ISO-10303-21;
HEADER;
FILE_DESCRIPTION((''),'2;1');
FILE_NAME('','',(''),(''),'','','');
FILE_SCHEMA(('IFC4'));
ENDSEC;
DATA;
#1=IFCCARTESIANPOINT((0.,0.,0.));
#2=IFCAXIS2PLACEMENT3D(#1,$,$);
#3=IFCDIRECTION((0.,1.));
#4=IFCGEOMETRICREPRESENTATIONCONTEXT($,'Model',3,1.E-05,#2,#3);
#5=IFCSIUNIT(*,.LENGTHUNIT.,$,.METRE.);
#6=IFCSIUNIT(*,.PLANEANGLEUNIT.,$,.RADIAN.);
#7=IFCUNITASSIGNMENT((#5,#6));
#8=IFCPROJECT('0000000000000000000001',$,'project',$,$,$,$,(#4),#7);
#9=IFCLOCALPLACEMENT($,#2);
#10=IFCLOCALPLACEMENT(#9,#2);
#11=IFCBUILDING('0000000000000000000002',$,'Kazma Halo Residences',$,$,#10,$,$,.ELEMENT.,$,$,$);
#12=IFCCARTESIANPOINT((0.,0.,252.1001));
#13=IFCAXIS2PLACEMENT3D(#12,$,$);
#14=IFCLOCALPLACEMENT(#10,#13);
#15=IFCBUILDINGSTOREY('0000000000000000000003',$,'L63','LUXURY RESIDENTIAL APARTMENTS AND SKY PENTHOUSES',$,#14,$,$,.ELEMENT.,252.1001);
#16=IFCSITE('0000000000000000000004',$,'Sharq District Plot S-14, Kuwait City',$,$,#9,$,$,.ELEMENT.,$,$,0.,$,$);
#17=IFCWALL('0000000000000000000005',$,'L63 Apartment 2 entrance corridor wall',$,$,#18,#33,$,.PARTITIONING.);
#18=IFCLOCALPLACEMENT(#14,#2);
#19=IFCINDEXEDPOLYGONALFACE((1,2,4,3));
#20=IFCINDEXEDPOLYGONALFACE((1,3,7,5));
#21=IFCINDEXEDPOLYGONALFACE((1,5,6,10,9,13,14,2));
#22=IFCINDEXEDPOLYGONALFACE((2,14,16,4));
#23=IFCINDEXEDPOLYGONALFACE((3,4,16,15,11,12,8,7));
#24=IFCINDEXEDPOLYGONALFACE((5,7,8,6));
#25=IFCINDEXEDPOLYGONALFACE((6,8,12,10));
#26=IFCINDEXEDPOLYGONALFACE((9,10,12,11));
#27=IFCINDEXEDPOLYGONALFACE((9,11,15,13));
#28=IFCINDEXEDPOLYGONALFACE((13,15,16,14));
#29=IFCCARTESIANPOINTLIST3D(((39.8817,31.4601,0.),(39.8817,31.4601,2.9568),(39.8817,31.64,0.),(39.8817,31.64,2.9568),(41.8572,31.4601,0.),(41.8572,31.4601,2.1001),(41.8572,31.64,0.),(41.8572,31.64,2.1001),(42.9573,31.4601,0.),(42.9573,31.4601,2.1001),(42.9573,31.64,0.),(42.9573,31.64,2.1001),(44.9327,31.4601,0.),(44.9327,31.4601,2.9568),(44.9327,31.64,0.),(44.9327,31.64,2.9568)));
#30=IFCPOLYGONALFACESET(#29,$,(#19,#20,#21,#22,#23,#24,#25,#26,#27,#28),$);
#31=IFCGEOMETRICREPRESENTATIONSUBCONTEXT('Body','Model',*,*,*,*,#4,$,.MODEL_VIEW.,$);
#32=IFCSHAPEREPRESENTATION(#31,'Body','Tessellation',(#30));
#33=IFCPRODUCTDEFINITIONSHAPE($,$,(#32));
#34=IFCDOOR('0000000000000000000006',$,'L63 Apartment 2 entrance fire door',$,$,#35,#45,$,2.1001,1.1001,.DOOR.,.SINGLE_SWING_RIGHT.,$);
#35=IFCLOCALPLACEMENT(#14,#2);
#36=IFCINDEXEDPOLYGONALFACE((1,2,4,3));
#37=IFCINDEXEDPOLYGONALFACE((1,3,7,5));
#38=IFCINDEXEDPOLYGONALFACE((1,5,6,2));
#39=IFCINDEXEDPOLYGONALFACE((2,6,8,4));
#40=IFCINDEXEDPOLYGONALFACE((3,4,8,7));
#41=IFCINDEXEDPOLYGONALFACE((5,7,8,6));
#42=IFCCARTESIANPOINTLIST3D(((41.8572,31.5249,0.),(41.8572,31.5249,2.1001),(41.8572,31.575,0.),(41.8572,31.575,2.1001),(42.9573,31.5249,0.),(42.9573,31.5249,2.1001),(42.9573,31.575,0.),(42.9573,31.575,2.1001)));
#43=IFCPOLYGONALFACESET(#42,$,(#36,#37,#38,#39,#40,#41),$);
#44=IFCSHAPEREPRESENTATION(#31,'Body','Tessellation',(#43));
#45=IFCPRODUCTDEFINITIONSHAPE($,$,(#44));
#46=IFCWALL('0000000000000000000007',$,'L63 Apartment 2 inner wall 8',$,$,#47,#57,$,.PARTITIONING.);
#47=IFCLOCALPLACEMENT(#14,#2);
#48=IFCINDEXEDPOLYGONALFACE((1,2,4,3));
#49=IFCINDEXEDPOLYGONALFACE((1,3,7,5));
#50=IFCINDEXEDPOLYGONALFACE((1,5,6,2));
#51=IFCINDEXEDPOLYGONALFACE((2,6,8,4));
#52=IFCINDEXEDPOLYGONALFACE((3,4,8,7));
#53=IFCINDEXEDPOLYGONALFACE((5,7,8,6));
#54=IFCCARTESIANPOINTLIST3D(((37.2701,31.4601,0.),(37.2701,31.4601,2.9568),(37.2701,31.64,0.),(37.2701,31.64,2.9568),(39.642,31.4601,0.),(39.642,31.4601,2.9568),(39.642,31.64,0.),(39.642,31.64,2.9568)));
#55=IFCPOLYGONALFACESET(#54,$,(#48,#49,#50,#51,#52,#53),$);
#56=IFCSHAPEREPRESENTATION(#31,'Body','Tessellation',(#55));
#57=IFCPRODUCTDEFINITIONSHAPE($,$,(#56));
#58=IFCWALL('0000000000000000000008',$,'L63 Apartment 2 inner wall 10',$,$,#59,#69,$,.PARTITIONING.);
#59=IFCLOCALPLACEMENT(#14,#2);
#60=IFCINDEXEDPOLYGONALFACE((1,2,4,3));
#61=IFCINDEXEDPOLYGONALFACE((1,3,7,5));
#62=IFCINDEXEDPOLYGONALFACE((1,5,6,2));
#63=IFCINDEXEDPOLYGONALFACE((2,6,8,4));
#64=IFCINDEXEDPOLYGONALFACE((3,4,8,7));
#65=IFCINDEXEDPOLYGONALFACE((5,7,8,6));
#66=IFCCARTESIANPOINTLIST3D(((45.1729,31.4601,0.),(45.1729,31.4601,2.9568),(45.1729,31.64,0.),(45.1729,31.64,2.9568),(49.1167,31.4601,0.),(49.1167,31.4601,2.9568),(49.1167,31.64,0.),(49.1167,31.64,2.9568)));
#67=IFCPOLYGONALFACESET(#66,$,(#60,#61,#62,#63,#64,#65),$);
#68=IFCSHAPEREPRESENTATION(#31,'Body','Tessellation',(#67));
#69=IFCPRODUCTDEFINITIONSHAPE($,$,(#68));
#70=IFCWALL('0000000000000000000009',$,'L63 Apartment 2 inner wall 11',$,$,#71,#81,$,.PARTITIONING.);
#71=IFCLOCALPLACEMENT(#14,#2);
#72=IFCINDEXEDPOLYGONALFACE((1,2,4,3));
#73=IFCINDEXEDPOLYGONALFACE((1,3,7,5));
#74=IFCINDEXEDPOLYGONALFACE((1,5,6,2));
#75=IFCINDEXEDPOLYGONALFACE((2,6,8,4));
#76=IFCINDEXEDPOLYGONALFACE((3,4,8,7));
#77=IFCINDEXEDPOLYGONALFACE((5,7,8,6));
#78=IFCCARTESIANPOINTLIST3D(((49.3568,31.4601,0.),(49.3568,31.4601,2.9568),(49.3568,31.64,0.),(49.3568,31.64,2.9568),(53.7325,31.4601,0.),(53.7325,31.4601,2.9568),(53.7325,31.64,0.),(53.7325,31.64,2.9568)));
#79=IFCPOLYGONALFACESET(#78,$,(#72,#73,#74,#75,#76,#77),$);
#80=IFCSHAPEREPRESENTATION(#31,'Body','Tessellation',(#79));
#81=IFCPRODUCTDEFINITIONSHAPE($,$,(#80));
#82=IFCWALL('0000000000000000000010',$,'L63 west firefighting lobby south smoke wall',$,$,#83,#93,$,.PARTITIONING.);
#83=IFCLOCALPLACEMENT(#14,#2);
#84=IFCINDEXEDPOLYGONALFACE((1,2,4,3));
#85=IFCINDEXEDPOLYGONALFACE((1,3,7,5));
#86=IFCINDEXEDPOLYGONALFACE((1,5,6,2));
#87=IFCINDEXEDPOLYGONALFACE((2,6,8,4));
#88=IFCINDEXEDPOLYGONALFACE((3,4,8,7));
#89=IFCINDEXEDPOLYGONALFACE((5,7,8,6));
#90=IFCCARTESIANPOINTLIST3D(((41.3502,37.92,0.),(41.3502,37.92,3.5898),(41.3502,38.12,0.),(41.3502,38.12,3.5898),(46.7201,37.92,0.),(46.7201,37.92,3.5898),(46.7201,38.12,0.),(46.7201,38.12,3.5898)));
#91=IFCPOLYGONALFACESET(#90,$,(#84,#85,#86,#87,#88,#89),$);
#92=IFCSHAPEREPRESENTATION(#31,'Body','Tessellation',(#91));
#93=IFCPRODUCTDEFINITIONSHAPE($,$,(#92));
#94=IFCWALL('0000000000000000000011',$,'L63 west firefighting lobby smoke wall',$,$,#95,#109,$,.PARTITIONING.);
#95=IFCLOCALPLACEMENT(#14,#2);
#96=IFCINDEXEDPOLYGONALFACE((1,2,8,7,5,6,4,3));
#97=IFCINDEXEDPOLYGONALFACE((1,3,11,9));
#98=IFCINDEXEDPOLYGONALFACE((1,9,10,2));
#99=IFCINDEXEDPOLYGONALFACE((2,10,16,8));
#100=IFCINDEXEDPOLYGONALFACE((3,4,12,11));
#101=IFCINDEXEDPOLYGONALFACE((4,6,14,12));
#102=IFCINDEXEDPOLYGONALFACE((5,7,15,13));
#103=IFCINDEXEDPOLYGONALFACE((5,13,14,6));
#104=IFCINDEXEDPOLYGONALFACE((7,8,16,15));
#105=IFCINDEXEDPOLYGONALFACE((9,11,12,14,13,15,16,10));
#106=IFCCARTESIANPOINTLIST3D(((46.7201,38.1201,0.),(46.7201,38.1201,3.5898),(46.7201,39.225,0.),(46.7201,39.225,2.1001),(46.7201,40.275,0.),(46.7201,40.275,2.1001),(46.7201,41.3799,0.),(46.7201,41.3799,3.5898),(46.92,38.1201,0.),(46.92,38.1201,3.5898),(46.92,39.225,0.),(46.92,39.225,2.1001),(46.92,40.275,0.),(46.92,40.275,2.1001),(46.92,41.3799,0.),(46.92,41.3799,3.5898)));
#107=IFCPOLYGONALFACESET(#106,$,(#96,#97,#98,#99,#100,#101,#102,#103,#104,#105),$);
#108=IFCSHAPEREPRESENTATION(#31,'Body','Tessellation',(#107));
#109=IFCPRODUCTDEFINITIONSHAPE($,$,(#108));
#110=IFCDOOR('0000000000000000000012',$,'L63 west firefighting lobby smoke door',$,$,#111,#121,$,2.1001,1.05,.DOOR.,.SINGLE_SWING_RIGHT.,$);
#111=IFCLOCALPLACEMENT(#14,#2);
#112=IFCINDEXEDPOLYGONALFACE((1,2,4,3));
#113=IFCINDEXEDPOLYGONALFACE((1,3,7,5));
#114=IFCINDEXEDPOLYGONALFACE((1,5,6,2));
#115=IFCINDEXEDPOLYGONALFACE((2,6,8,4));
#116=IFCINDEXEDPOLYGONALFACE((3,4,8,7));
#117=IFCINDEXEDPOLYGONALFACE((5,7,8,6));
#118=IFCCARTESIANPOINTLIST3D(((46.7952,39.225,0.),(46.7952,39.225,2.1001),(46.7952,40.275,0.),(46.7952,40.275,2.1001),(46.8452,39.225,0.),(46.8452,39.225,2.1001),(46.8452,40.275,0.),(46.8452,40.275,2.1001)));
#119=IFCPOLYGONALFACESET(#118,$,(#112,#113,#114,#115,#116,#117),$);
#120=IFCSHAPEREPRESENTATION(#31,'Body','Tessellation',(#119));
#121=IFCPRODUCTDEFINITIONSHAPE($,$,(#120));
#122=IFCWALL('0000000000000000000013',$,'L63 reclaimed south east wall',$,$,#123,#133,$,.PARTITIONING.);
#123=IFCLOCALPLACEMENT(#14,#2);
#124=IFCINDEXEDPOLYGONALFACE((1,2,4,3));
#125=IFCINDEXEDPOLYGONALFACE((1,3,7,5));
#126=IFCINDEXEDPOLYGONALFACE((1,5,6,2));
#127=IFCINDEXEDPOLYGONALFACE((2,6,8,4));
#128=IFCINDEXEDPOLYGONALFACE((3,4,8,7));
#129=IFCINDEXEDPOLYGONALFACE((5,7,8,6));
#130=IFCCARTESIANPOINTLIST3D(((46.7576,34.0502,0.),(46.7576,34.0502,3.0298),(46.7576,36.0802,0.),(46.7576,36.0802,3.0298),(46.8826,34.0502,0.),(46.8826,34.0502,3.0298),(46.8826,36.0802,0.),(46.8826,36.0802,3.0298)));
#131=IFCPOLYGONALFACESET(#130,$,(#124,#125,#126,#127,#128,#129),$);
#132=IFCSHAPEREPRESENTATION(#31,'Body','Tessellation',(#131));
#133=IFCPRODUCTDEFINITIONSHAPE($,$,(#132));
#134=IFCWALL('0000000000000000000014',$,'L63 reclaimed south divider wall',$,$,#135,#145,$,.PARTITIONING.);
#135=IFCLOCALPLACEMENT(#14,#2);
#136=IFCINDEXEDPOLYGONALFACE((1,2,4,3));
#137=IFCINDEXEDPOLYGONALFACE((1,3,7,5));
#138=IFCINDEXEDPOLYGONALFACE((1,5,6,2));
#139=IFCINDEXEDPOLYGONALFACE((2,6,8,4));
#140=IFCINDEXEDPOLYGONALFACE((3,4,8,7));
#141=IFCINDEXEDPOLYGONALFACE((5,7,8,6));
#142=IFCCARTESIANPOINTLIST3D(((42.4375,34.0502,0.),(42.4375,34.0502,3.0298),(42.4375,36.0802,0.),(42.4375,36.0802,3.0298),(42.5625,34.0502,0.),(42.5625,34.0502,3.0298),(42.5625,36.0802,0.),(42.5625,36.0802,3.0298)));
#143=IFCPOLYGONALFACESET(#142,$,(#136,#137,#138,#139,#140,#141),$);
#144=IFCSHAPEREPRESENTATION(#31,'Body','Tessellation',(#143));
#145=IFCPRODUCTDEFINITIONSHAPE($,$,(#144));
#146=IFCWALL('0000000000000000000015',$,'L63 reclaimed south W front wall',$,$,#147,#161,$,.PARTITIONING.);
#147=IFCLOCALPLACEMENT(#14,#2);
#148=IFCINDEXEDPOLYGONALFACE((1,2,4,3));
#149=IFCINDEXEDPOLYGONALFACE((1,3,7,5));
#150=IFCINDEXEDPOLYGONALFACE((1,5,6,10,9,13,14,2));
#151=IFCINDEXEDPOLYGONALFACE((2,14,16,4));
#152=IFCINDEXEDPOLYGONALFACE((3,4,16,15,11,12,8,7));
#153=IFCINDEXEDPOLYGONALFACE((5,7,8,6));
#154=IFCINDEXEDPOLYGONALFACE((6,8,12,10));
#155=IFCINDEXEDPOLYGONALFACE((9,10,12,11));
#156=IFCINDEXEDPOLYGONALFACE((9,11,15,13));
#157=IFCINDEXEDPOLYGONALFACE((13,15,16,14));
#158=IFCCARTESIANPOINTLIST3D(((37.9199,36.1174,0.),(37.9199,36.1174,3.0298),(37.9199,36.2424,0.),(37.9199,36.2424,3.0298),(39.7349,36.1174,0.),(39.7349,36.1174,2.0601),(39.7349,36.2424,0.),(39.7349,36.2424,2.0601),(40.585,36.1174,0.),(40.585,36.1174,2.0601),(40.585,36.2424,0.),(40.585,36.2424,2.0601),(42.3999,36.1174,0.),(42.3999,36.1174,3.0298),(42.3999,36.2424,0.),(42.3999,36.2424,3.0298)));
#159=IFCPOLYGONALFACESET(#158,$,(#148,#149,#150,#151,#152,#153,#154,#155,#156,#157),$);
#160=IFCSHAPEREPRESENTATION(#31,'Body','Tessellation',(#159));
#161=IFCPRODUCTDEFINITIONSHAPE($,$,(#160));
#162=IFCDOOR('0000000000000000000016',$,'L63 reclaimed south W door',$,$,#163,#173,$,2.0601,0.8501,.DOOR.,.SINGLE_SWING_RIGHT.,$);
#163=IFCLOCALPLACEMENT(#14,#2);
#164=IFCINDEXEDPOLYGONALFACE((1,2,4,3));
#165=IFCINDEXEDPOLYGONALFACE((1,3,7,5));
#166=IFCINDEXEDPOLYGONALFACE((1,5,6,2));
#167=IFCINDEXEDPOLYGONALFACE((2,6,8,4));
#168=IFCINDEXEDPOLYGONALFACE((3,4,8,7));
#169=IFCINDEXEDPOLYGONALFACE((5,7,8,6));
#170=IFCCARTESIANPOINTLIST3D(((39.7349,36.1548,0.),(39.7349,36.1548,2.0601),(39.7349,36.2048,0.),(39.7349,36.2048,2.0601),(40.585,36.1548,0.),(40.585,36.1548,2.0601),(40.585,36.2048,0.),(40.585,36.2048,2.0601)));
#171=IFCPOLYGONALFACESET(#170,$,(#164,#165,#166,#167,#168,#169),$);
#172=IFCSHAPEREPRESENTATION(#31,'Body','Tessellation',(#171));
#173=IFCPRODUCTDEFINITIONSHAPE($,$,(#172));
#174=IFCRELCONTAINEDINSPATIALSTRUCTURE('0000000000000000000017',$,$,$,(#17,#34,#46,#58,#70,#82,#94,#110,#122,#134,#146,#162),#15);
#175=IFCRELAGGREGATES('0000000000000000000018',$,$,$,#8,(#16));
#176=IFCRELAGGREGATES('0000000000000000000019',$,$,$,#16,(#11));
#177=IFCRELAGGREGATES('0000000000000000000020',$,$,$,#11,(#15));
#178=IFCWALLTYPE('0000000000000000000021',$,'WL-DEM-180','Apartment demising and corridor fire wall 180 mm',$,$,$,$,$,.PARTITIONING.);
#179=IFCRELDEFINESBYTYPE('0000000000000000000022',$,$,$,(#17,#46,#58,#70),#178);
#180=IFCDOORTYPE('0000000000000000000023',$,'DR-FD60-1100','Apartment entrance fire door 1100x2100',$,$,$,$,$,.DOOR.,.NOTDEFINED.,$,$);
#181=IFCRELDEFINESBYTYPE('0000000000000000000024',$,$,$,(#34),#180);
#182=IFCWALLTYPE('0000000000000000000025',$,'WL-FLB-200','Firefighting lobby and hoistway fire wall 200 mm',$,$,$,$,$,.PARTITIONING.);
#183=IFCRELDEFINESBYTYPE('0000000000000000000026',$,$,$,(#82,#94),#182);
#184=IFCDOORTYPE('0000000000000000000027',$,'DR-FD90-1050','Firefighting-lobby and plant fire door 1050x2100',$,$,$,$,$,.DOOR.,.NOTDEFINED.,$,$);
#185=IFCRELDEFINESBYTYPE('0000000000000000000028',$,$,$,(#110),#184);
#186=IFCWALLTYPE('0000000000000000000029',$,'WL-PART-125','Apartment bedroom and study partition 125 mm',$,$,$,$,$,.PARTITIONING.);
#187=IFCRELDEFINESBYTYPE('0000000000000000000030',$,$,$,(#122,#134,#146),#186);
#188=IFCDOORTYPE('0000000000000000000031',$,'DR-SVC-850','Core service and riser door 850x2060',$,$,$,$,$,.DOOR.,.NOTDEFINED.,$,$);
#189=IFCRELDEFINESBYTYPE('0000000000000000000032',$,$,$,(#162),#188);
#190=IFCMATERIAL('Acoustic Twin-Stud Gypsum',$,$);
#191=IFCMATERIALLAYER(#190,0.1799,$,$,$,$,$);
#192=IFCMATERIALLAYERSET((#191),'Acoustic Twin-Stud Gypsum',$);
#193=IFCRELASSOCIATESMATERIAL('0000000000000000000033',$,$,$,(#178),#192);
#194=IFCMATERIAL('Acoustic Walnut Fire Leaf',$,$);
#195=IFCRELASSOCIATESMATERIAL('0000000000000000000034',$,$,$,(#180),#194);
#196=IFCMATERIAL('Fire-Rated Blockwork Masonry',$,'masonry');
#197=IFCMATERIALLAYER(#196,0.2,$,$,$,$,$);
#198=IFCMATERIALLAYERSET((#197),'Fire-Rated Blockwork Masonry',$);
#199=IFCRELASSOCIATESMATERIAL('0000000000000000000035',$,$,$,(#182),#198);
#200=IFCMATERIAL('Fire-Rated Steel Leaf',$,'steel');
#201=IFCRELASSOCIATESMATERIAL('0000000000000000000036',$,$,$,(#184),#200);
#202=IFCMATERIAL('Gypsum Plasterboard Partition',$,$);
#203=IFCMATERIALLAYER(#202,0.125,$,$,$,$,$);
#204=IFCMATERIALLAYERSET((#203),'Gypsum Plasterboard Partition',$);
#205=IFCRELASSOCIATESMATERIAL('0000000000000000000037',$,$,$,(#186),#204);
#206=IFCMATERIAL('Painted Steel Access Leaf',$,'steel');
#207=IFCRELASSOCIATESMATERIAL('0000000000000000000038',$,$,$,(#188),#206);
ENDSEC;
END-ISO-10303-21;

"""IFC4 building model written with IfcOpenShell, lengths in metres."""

from ifc_helpers import new_model, si_unit, direction, frame, frame_2d, origin, place, context, subcontext, project, spatial, rectangle, extrude, material, layer, layer_set, type_object, element, fill, save


model = new_model("IFC4")

# Units and contexts
model_context = context("Model", 3, precision=1e-05, world=origin(), true_north=direction((0.0, 1.0)))
body_context = subcontext(model_context, "Body", "Model", "MODEL_VIEW")
ifc_project = project(units=[si_unit("LENGTHUNIT", "METRE"), si_unit("PLANEANGLEUNIT", "RADIAN")], contexts=[model_context])

# Site, building, storey
site_placement = place(None, origin())
site = spatial("IfcSite", under=ifc_project, at=site_placement, Name="Sharq District Plot S-14, Kuwait City", CompositionType="ELEMENT", RefElevation=0.0)
building_placement = place(site_placement, origin())
building = spatial("IfcBuilding", under=site, at=building_placement, Name="Kazma Halo Residences", CompositionType="ELEMENT")
storey_placement = place(building_placement, frame((0.0, 0.0, 252.1001)))
storey = spatial("IfcBuildingStorey", under=building, at=storey_placement, Name="L63", Description="LUXURY RESIDENTIAL APARTMENTS AND SKY PENTHOUSES", CompositionType="ELEMENT", Elevation=252.1001)

# Shared definitions
ifc_material_1 = material(Name="Acoustic Twin-Stud Gypsum")
ifc_layer_1 = layer(ifc_material_1, 0.1799)
ifc_layer_set_1 = layer_set([ifc_layer_1], Name="Acoustic Twin-Stud Gypsum")
wall_type_1 = type_object("IfcWallType", Name="WL-DEM-180", Description="Apartment demising and corridor fire wall 180 mm", PredefinedType="PARTITIONING", material=ifc_layer_set_1)

# Wall, opening, door
wall_1_placement = place(storey_placement, frame((39.8818, 31.55, 0.0), z_axis=(0.0, 0.0, 1.0), x_axis=(1.0, 0.0, 0.0)))
wall_1 = element("IfcWall", 1, at=wall_1_placement, inside=storey, type_object=wall_type_1, Name="L63 Apartment 2 entrance corridor wall", PredefinedType="PARTITIONING", context=body_context, shape_type="SweptSolid", body=[
    extrude(rectangle(XDim=5.051, YDim=0.1799, at=frame_2d((2.5254, 0.0))), origin(), (0.0, 0.0, 1.0), 2.9568),
])
opening_1_placement = place(wall_1_placement, frame((1.9753, 0.0, 0.0)))
opening_1 = element("IfcOpeningElement", 2, at=opening_1_placement, cuts=wall_1, PredefinedType="OPENING", context=body_context, shape_type="SweptSolid", body=[
    extrude(rectangle(XDim=1.1001, YDim=2.1001, at=frame_2d((0.55, 1.05))), frame((0.0, 0.0999, 0.0), z_axis=(0.0, -1.0, 0.0), x_axis=(1.0, 0.0, 0.0)), (0.0, 0.0, 1.0), 0.2),
])
ifc_material_2 = material(Name="Acoustic Walnut Fire Leaf")
door_type_1 = type_object("IfcDoorType", Name="DR-FD60-1100", Description="Apartment entrance fire door 1100x2100", OperationType="NOTDEFINED", PredefinedType="DOOR", material=ifc_material_2)
door_1_placement = place(opening_1_placement, origin())
door_1 = element("IfcDoor", 3, at=door_1_placement, inside=storey, type_object=door_type_1, Name="L63 Apartment 2 entrance fire door", OperationType="SINGLE_SWING_RIGHT", OverallHeight=2.1001, OverallWidth=1.1001, PredefinedType="DOOR", context=body_context, shape_type="SweptSolid", body=[
    extrude(rectangle(XDim=1.1001, YDim=2.1001, at=frame_2d((0.55, 1.05))), frame((0.0, 0.0249, 0.0), z_axis=(0.0, -1.0, 0.0), x_axis=(1.0, 0.0, 0.0)), (0.0, 0.0, 1.0), 0.05),
])
fill(opening_1, door_1)

# Walls
wall_2_placement = place(storey_placement, frame((37.27, 31.55, 0.0), z_axis=(0.0, 0.0, 1.0), x_axis=(1.0, 0.0, 0.0)))
element("IfcWall", 4, at=wall_2_placement, inside=storey, type_object=wall_type_1, Name="L63 Apartment 2 inner wall 8", PredefinedType="PARTITIONING", context=body_context, shape_type="SweptSolid", body=[
    extrude(rectangle(XDim=2.3718, YDim=0.1799, at=frame_2d((1.186, 0.0))), origin(), (0.0, 0.0, 1.0), 2.9568),
])
wall_3_placement = place(storey_placement, frame((45.1729, 31.55, 0.0), z_axis=(0.0, 0.0, 1.0), x_axis=(1.0, 0.0, 0.0)))
element("IfcWall", 5, at=wall_3_placement, inside=storey, type_object=wall_type_1, Name="L63 Apartment 2 inner wall 10", PredefinedType="PARTITIONING", context=body_context, shape_type="SweptSolid", body=[
    extrude(rectangle(XDim=3.9438, YDim=0.1799, at=frame_2d((1.9719, 0.0))), origin(), (0.0, 0.0, 1.0), 2.9568),
])
wall_4_placement = place(storey_placement, frame((49.3567, 31.55, 0.0), z_axis=(0.0, 0.0, 1.0), x_axis=(1.0, 0.0, 0.0)))
element("IfcWall", 6, at=wall_4_placement, inside=storey, type_object=wall_type_1, Name="L63 Apartment 2 inner wall 11", PredefinedType="PARTITIONING", context=body_context, shape_type="SweptSolid", body=[
    extrude(rectangle(XDim=4.3757, YDim=0.1799, at=frame_2d((2.188, 0.0))), origin(), (0.0, 0.0, 1.0), 2.9568),
])
ifc_material_3 = material(Name="Fire-Rated Blockwork Masonry", Category="masonry")
ifc_layer_2 = layer(ifc_material_3, 0.2)
ifc_layer_set_2 = layer_set([ifc_layer_2], Name="Fire-Rated Blockwork Masonry")
wall_type_2 = type_object("IfcWallType", Name="WL-FLB-200", Description="Firefighting lobby and hoistway fire wall 200 mm", PredefinedType="PARTITIONING", material=ifc_layer_set_2)
wall_5_placement = place(storey_placement, frame((41.3501, 38.02, 0.0), z_axis=(0.0, 0.0, 1.0), x_axis=(1.0, 0.0, 0.0)))
element("IfcWall", 7, at=wall_5_placement, inside=storey, type_object=wall_type_2, Name="L63 west firefighting lobby south smoke wall", PredefinedType="PARTITIONING", context=body_context, shape_type="SweptSolid", body=[
    extrude(rectangle(XDim=5.3699, YDim=0.2, at=frame_2d((2.6851, 0.0))), origin(), (0.0, 0.0, 1.0), 3.5898),
])

# Wall, opening, door
wall_6_placement = place(storey_placement, frame((46.8201, 38.1201, 0.0), z_axis=(0.0, 0.0, 1.0), x_axis=(0.0, 1.0, 0.0)))
wall_6 = element("IfcWall", 8, at=wall_6_placement, inside=storey, type_object=wall_type_2, Name="L63 west firefighting lobby smoke wall", PredefinedType="PARTITIONING", context=body_context, shape_type="SweptSolid", body=[
    extrude(rectangle(XDim=3.2598, YDim=0.2, at=frame_2d((1.6299, 0.0))), origin(), (0.0, 0.0, 1.0), 3.5898),
])
opening_2_placement = place(wall_6_placement, frame((1.105, 0.0, 0.0)))
opening_2 = element("IfcOpeningElement", 9, at=opening_2_placement, cuts=wall_6, PredefinedType="OPENING", context=body_context, shape_type="SweptSolid", body=[
    extrude(rectangle(XDim=1.05, YDim=2.1001, at=frame_2d((0.5249, 1.05))), frame((0.0, 0.1099, 0.0), z_axis=(0.0, -1.0, 0.0), x_axis=(1.0, 0.0, 0.0)), (0.0, 0.0, 1.0), 0.22),
])
ifc_material_4 = material(Name="Fire-Rated Steel Leaf", Category="steel")
door_type_2 = type_object("IfcDoorType", Name="DR-FD90-1050", Description="Firefighting-lobby and plant fire door 1050x2100", OperationType="NOTDEFINED", PredefinedType="DOOR", material=ifc_material_4)
door_2_placement = place(opening_2_placement, origin())
door_2 = element("IfcDoor", 10, at=door_2_placement, inside=storey, type_object=door_type_2, Name="L63 west firefighting lobby smoke door", OperationType="SINGLE_SWING_RIGHT", OverallHeight=2.1001, OverallWidth=1.05, PredefinedType="DOOR", context=body_context, shape_type="SweptSolid", body=[
    extrude(rectangle(XDim=1.05, YDim=2.1001, at=frame_2d((0.5249, 1.05))), frame((0.0, 0.0249, 0.0), z_axis=(0.0, -1.0, 0.0), x_axis=(1.0, 0.0, 0.0)), (0.0, 0.0, 1.0), 0.05),
])
fill(opening_2, door_2)

# Walls
ifc_material_5 = material(Name="Gypsum Plasterboard Partition")
ifc_layer_3 = layer(ifc_material_5, 0.125)
ifc_layer_set_3 = layer_set([ifc_layer_3], Name="Gypsum Plasterboard Partition")
wall_type_3 = type_object("IfcWallType", Name="WL-PART-125", Description="Apartment bedroom and study partition 125 mm", PredefinedType="PARTITIONING", material=ifc_layer_set_3)
for number, where, z_axis, x_axis, name in (
    (11, (46.8201, 34.05, 0.0), (0.0, 0.0, 1.0), (0.0, 1.0, 0.0), "L63 reclaimed south east wall"),
    (12, (42.5, 34.05, 0.0), (0.0, 0.0, 1.0), (0.0, 1.0, 0.0), "L63 reclaimed south divider wall"),
):
    element("IfcWall", number, at=place(storey_placement, frame(where, z_axis=z_axis, x_axis=x_axis)), inside=storey, type_object=wall_type_3, Name=name, PredefinedType="PARTITIONING", context=body_context, shape_type="SweptSolid", body=[
        extrude(rectangle(XDim=2.03, YDim=0.125, at=frame_2d((1.0151, 0.0))), origin(), (0.0, 0.0, 1.0), 3.0298),
    ])

# Wall, opening, door
wall_7_placement = place(storey_placement, frame((37.9199, 36.1799, 0.0), z_axis=(0.0, 0.0, 1.0), x_axis=(1.0, 0.0, 0.0)))
wall_7 = element("IfcWall", 13, at=wall_7_placement, inside=storey, type_object=wall_type_3, Name="L63 reclaimed south W front wall", PredefinedType="PARTITIONING", context=body_context, shape_type="SweptSolid", body=[
    extrude(rectangle(XDim=4.48, YDim=0.125, at=frame_2d((2.24, 0.0))), origin(), (0.0, 0.0, 1.0), 3.0298),
])
opening_3_placement = place(wall_7_placement, frame((1.8149, 0.0, 0.0)))
opening_3 = element("IfcOpeningElement", 14, at=opening_3_placement, cuts=wall_7, PredefinedType="OPENING", context=body_context, shape_type="SweptSolid", body=[
    extrude(rectangle(XDim=0.8501, YDim=2.0601, at=frame_2d((0.425, 1.03))), frame((0.0, 0.0725, 0.0), z_axis=(0.0, -1.0, 0.0), x_axis=(1.0, 0.0, 0.0)), (0.0, 0.0, 1.0), 0.145),
])
ifc_material_6 = material(Name="Painted Steel Access Leaf", Category="steel")
door_type_3 = type_object("IfcDoorType", Name="DR-SVC-850", Description="Core service and riser door 850x2060", OperationType="NOTDEFINED", PredefinedType="DOOR", material=ifc_material_6)
door_3_placement = place(opening_3_placement, origin())
door_3 = element("IfcDoor", 15, at=door_3_placement, inside=storey, type_object=door_type_3, Name="L63 reclaimed south W door", OperationType="SINGLE_SWING_RIGHT", OverallHeight=2.0601, OverallWidth=0.8501, PredefinedType="DOOR", context=body_context, shape_type="SweptSolid", body=[
    extrude(rectangle(XDim=0.8501, YDim=2.0601, at=frame_2d((0.425, 1.03))), frame((0.0, 0.0249, 0.0), z_axis=(0.0, -1.0, 0.0), x_axis=(1.0, 0.0, 0.0)), (0.0, 0.0, 1.0), 0.05),
])
fill(opening_3, door_3)

save(model, "model.ifc")
